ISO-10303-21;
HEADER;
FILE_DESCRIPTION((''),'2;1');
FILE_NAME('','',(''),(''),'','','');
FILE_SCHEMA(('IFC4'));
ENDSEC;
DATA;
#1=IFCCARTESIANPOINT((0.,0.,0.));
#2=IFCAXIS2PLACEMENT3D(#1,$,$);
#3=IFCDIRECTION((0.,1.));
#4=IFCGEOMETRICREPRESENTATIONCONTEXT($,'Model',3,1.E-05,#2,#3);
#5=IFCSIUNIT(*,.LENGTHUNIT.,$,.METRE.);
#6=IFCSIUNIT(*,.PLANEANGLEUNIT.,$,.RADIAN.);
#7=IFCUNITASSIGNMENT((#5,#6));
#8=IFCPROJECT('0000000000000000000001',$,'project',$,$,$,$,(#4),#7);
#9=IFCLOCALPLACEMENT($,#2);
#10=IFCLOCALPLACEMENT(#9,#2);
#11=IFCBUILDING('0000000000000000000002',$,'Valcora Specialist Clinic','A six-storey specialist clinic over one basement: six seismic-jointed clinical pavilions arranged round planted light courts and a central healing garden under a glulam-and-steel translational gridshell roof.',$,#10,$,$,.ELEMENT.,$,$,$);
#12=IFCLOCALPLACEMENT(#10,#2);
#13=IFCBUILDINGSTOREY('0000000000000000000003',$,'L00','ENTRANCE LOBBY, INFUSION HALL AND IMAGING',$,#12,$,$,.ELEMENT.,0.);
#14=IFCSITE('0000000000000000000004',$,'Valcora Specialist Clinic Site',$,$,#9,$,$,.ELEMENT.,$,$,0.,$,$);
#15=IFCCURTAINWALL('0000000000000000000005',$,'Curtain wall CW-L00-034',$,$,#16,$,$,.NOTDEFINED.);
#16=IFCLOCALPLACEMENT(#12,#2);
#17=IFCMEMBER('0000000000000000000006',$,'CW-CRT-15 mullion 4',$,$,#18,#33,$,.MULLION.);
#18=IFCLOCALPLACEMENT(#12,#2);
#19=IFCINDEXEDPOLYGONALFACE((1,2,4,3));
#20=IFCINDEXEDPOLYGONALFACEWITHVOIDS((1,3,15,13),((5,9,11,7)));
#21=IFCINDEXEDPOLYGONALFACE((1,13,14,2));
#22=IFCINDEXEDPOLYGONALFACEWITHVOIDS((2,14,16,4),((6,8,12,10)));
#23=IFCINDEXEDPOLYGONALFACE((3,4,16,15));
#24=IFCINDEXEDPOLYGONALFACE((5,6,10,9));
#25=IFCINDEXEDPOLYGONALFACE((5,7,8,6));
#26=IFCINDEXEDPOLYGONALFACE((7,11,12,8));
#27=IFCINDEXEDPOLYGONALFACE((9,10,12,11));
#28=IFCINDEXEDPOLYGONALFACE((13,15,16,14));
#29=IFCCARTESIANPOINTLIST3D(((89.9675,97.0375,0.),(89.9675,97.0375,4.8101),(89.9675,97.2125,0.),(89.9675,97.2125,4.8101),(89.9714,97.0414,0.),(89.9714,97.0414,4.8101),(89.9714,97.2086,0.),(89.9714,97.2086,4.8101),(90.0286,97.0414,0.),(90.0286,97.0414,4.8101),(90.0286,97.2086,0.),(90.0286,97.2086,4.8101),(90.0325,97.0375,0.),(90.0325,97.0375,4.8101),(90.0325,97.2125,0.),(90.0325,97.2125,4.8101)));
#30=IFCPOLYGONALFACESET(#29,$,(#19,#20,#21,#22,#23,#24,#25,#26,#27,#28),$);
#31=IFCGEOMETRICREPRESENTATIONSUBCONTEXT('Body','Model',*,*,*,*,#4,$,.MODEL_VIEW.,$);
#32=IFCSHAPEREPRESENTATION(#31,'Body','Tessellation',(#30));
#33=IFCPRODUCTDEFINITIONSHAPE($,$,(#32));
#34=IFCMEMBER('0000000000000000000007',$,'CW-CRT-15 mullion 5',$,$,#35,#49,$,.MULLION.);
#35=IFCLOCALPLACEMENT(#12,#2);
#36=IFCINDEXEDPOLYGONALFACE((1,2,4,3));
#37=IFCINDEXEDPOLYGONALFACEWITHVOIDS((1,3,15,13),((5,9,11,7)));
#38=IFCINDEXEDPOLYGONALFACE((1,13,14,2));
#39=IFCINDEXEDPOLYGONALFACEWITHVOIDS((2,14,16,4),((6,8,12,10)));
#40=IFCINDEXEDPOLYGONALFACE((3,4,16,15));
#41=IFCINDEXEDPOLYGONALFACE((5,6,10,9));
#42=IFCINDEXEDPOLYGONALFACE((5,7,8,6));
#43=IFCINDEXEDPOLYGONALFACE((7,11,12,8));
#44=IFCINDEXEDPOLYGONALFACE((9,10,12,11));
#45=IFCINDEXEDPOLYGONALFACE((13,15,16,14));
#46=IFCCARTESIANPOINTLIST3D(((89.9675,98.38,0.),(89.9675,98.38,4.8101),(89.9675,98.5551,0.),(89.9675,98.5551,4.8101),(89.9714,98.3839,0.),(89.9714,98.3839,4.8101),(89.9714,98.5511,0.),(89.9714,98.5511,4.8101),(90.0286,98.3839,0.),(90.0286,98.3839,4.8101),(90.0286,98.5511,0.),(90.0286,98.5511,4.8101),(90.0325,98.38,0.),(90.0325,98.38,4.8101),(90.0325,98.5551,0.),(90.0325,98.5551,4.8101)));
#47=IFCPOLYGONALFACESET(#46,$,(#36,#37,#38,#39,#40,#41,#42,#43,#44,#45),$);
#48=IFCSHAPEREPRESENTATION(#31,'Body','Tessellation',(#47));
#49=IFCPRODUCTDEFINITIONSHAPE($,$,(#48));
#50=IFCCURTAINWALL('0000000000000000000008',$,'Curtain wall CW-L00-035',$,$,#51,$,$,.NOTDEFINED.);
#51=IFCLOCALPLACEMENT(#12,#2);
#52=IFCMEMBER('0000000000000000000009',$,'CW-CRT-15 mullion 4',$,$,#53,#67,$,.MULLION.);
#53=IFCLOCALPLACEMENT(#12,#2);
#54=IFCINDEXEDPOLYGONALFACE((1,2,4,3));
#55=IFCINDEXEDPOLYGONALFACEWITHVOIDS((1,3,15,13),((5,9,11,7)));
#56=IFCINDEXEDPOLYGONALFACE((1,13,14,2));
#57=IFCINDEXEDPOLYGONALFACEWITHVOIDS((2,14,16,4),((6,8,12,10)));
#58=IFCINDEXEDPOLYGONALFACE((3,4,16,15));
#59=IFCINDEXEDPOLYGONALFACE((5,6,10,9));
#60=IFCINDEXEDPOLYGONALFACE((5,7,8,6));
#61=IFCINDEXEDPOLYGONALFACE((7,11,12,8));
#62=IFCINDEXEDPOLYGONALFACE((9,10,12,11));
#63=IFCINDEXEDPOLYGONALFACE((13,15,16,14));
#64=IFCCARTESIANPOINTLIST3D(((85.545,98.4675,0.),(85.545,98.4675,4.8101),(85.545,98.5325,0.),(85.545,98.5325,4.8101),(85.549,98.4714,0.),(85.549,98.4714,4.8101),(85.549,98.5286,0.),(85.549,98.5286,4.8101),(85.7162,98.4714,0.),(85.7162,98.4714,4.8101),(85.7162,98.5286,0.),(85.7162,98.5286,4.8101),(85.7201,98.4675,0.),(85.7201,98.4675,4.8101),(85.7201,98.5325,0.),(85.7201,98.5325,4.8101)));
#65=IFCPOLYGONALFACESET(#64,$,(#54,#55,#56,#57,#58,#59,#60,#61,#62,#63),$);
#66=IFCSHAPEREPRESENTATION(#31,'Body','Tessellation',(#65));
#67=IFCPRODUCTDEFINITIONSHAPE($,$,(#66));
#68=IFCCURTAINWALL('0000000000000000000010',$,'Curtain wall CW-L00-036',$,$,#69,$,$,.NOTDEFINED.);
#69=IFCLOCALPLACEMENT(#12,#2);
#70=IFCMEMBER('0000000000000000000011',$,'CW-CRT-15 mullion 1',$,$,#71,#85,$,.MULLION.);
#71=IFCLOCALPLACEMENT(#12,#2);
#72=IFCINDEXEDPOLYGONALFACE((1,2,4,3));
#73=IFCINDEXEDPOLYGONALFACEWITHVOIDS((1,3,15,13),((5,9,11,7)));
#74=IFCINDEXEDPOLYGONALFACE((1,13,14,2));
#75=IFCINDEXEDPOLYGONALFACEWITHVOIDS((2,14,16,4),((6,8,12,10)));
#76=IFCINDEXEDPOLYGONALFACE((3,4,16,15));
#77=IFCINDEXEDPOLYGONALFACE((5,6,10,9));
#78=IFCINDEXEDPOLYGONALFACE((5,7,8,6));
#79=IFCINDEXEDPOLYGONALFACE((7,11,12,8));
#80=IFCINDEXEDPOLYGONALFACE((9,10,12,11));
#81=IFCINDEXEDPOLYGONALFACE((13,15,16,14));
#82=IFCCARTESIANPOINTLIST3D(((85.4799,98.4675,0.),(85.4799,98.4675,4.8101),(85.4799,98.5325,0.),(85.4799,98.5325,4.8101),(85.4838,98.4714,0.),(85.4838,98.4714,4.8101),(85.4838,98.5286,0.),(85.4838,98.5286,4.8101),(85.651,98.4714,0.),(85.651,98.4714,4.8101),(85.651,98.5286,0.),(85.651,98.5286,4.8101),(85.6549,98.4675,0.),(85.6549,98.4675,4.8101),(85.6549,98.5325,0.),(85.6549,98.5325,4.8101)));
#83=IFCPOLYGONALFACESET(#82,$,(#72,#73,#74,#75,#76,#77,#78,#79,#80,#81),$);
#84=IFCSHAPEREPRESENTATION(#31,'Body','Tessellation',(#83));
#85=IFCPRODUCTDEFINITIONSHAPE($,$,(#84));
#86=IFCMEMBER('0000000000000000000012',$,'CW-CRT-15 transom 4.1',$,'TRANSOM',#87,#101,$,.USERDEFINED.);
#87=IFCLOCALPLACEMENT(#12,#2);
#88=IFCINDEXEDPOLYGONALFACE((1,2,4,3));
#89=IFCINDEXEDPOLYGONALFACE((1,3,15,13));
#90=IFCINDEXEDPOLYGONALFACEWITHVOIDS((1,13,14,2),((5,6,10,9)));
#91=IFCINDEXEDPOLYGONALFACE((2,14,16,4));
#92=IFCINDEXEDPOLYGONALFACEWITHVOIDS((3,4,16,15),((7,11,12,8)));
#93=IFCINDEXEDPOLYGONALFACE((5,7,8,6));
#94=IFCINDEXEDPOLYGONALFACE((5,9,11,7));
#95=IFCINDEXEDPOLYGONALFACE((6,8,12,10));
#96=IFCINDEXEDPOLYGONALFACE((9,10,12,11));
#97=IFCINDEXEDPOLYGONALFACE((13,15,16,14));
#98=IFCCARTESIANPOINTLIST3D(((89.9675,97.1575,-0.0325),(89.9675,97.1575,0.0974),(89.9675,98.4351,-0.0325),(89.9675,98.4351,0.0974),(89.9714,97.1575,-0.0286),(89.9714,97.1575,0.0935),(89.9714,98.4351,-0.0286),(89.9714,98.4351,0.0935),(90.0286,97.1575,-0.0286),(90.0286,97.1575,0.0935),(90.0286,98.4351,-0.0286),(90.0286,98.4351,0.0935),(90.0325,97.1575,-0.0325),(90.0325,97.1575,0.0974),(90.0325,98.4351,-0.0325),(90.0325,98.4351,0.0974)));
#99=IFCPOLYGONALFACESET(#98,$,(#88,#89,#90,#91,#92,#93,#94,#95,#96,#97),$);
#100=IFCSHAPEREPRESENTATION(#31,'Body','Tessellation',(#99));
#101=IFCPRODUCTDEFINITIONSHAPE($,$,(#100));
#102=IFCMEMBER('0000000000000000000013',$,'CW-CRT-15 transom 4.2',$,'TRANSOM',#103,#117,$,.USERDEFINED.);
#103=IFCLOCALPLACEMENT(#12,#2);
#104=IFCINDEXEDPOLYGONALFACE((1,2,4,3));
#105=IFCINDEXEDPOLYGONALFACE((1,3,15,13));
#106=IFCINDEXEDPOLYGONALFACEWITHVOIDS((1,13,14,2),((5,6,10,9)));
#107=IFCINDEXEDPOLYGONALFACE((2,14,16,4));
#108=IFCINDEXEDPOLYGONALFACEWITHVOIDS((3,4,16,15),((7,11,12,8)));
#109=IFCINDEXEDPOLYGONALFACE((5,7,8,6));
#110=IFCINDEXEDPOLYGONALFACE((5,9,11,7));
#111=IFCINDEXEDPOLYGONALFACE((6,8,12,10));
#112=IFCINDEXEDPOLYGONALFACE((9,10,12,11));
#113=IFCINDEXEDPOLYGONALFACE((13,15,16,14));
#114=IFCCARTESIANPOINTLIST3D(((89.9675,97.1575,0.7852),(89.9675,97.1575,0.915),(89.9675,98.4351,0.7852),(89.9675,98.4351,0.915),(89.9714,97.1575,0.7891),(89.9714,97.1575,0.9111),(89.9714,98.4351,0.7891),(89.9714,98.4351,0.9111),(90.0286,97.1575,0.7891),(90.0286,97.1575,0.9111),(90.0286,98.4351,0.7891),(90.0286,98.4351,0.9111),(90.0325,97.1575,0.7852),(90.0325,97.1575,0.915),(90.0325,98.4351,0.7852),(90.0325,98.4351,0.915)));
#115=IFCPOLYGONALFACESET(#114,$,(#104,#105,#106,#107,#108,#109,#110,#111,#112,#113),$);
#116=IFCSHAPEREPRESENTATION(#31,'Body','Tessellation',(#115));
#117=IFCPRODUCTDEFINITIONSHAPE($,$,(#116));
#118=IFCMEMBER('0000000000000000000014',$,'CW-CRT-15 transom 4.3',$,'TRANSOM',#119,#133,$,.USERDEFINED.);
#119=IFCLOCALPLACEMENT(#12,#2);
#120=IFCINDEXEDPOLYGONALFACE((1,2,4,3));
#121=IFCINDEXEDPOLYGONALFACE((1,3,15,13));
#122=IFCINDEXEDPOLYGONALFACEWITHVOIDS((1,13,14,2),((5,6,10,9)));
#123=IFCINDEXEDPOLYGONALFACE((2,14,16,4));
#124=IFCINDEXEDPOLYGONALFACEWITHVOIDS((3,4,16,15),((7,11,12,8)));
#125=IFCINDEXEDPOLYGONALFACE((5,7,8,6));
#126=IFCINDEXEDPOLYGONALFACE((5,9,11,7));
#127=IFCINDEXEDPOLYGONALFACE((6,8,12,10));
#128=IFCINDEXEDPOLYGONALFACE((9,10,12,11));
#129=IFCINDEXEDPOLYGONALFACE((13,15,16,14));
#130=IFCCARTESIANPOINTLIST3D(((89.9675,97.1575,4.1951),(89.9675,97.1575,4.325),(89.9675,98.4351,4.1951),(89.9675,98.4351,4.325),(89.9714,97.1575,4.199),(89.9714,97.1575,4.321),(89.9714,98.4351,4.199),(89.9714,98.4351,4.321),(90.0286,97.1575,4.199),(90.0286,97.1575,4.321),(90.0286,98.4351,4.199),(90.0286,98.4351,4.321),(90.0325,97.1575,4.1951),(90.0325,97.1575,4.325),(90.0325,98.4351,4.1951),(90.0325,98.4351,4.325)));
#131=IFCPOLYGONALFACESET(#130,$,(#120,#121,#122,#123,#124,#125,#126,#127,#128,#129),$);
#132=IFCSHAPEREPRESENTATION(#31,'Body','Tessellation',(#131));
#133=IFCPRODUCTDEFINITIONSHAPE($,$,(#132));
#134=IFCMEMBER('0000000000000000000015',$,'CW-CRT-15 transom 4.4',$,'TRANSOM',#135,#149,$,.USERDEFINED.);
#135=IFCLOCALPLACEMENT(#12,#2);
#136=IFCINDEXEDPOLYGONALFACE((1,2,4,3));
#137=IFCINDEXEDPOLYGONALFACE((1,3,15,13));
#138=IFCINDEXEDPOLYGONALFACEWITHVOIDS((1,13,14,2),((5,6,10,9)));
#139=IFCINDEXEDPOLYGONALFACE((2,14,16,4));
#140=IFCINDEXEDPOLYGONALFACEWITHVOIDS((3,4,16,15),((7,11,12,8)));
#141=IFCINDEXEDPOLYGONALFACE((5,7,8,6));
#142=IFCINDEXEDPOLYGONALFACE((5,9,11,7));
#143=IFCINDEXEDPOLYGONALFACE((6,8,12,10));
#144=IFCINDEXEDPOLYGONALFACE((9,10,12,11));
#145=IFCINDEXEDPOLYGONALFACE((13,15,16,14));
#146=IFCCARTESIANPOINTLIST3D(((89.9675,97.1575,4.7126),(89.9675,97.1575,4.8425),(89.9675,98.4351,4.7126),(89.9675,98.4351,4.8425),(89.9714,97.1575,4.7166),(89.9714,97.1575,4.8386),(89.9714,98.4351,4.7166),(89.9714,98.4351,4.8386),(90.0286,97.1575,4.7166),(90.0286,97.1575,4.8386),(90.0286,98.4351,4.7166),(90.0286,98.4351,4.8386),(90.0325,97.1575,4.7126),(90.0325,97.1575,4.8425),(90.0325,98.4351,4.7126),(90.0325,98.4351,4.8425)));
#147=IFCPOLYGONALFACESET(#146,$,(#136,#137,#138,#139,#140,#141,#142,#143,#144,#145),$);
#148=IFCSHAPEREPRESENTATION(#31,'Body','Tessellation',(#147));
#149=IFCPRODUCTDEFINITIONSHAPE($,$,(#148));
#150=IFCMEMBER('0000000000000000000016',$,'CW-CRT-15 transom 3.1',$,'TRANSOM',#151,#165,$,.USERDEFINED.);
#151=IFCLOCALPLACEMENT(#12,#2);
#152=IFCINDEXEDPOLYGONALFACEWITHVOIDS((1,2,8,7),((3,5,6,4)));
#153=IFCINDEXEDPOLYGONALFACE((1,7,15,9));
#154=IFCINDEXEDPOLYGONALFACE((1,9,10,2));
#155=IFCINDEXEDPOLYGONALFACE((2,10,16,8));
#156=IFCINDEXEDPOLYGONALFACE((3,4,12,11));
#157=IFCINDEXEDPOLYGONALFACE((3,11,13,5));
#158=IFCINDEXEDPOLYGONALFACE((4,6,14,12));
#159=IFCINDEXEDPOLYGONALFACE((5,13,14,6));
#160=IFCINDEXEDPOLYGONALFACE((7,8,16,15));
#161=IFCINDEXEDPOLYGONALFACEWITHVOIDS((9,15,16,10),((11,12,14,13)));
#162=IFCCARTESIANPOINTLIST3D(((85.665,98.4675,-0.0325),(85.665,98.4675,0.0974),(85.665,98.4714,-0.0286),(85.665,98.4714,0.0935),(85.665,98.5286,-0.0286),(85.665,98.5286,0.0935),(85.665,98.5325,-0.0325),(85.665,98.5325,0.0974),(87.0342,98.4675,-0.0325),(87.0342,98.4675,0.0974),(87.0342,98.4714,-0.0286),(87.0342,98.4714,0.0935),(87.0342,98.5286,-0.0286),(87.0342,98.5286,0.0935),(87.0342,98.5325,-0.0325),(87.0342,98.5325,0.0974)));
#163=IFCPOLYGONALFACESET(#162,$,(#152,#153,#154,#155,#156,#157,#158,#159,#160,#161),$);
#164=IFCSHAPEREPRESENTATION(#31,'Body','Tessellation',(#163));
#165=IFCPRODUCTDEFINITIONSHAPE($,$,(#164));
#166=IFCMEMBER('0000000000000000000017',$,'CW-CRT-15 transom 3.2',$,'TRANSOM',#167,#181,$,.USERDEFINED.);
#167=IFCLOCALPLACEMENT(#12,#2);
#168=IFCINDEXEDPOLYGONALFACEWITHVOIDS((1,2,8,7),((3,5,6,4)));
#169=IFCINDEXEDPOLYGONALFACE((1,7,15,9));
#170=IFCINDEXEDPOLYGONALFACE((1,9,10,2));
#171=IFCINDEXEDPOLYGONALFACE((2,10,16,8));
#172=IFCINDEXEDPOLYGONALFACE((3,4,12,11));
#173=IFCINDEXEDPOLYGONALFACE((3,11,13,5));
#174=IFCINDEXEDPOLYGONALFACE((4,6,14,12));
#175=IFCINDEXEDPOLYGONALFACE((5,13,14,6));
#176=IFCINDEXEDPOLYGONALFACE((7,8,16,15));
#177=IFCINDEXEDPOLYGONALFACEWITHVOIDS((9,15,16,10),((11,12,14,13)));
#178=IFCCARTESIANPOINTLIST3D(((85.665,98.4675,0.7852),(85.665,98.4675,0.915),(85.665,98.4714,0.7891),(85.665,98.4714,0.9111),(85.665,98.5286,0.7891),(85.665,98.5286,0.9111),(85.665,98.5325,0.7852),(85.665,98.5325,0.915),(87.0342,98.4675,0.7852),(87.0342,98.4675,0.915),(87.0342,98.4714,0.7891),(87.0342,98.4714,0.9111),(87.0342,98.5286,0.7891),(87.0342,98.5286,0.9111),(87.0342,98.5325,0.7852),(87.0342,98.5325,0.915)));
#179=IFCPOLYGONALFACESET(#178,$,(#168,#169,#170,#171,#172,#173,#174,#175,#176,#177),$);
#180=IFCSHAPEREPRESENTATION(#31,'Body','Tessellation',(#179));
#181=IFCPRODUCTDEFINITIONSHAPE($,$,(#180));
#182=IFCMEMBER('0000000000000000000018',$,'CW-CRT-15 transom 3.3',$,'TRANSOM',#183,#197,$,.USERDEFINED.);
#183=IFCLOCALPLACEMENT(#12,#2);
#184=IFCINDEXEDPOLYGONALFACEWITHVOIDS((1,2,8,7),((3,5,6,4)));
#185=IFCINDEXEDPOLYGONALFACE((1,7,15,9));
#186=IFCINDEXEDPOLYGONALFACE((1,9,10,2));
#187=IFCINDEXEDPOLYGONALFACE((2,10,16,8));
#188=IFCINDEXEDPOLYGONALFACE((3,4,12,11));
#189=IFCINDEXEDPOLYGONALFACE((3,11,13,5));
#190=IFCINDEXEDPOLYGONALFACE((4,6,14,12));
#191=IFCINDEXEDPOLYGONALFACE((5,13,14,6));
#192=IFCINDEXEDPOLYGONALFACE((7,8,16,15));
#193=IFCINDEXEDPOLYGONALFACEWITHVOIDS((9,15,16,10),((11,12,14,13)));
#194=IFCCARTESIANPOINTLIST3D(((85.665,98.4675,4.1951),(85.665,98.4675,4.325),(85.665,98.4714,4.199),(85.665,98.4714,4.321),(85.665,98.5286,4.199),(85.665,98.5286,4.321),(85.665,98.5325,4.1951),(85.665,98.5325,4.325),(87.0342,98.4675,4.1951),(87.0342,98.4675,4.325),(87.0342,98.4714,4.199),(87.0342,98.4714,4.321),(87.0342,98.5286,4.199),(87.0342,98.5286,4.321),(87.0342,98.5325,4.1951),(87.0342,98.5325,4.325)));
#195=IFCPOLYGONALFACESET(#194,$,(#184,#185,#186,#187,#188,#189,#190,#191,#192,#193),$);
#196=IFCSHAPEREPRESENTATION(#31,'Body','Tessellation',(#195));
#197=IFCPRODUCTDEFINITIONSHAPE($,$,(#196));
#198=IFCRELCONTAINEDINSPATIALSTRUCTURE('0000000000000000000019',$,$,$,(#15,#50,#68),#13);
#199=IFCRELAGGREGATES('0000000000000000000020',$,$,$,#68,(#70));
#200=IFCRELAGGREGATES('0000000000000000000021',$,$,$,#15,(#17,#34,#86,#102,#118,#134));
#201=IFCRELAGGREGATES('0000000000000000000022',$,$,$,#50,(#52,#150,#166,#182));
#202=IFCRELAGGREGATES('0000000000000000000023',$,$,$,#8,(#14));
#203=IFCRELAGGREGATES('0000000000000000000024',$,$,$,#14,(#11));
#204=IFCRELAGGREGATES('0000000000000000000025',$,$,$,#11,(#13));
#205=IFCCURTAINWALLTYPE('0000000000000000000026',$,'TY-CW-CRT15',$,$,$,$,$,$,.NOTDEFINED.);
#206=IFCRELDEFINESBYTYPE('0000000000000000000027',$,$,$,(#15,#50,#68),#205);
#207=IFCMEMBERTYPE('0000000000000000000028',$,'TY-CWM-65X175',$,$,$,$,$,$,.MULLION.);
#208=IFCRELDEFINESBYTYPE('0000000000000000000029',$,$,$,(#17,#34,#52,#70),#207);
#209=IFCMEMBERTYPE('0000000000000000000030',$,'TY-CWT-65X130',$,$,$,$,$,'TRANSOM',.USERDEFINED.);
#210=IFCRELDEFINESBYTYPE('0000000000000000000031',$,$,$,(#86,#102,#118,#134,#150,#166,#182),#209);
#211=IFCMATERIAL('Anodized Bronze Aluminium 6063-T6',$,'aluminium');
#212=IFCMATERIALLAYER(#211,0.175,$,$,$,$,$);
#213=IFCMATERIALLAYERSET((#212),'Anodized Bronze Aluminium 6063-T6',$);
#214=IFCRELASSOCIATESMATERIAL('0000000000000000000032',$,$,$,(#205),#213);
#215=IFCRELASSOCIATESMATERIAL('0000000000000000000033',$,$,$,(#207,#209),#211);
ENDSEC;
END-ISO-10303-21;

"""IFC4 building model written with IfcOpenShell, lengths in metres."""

from ifc_helpers import new_model, si_unit, direction, frame, origin, origin_2d, place, context, subcontext, project, spatial, hollow_rectangle, extrude, material, layer, layer_set, material_profile, profile_set, type_object, element, aggregate, save


model = new_model("IFC4")

# Units and contexts
model_context = context("Model", 3, precision=1e-05, world=origin(), true_north=direction((0.0, 1.0)))
body_context = subcontext(model_context, "Body", "Model", "MODEL_VIEW")
ifc_project = project(units=[si_unit("LENGTHUNIT", "METRE"), si_unit("PLANEANGLEUNIT", "RADIAN")], contexts=[model_context])

# Site, building, storey
site_placement = place(None, origin())
site = spatial("IfcSite", under=ifc_project, at=site_placement, Name="Valcora Specialist Clinic Site", CompositionType="ELEMENT", RefElevation=0.0)
building_placement = place(site_placement, origin())
building = spatial("IfcBuilding", under=site, at=building_placement, Name="Valcora Specialist Clinic", Description="A six-storey specialist clinic over one basement: six seismic-jointed clinical pavilions arranged round planted light courts and a central healing garden under a glulam-and-steel translational gridshell roof.", CompositionType="ELEMENT")
storey_placement = place(building_placement, origin())
storey = spatial("IfcBuildingStorey", under=building, at=storey_placement, Name="L00", Description="ENTRANCE LOBBY, INFUSION HALL AND IMAGING", CompositionType="ELEMENT", Elevation=0.0)

# Curtain wall, members
ifc_material_1 = material(Name="Anodized Bronze Aluminium 6063-T6", Category="aluminium")
ifc_layer_1 = layer(ifc_material_1, 0.175)
ifc_layer_set_1 = layer_set([ifc_layer_1], Name="Anodized Bronze Aluminium 6063-T6")
curtain_wall_type = type_object("IfcCurtainWallType", Name="TY-CW-CRT15", PredefinedType="NOTDEFINED", material=ifc_layer_set_1)
curtain_wall_1_placement = place(storey_placement, origin())
curtain_wall_1 = element("IfcCurtainWall", 1, at=curtain_wall_1_placement, inside=storey, type_object=curtain_wall_type, Name="Curtain wall CW-L00-034", PredefinedType="NOTDEFINED")
ifc_material_profile_1 = material_profile(ifc_material_1, hollow_rectangle(XDim=0.0649, YDim=0.175, WallThickness=0.0039, at=origin_2d()), Name="AL-MUL-65X175")
ifc_profile_set_1 = profile_set([ifc_material_profile_1], Name="Anodized Bronze Aluminium 6063-T6")
member_type_1 = type_object("IfcMemberType", Name="TY-CWM-65X175", PredefinedType="MULLION", material=ifc_profile_set_1)
member_1_placement = place(storey_placement, frame((90.0, 97.125, 0.0), z_axis=(0.0, 0.0, 1.0), x_axis=(-1.0, 0.0, 0.0)))
member_1 = element("IfcMember", 2, at=member_1_placement, type_object=member_type_1, Name="CW-CRT-15 mullion 4", PredefinedType="MULLION", context=body_context, shape_type="SweptSolid", body=[
    extrude(hollow_rectangle(XDim=0.0649, YDim=0.175, WallThickness=0.0039, at=origin_2d()), origin(), (0.0, 0.0, 1.0), 4.8101),
])
member_2_placement = place(storey_placement, frame((90.0, 98.4675, 0.0), z_axis=(0.0, 0.0, 1.0), x_axis=(-1.0, 0.0, 0.0)))
member_2 = element("IfcMember", 3, at=member_2_placement, type_object=member_type_1, Name="CW-CRT-15 mullion 5", PredefinedType="MULLION", context=body_context, shape_type="SweptSolid", body=[
    extrude(hollow_rectangle(XDim=0.0649, YDim=0.175, WallThickness=0.0039, at=origin_2d()), origin(), (0.0, 0.0, 1.0), 4.8101),
])

# Curtain walls, members
curtain_wall_2_placement = place(storey_placement, origin())
curtain_wall_2 = element("IfcCurtainWall", 4, at=curtain_wall_2_placement, inside=storey, type_object=curtain_wall_type, Name="Curtain wall CW-L00-035", PredefinedType="NOTDEFINED")
member_3_placement = place(storey_placement, frame((85.6326, 98.5, 0.0), z_axis=(0.0, 0.0, 1.0), x_axis=(0.0, -1.0, 0.0)))
member_3 = element("IfcMember", 5, at=member_3_placement, type_object=member_type_1, Name="CW-CRT-15 mullion 4", PredefinedType="MULLION", context=body_context, shape_type="SweptSolid", body=[
    extrude(hollow_rectangle(XDim=0.0649, YDim=0.175, WallThickness=0.0039, at=origin_2d()), origin(), (0.0, 0.0, 1.0), 4.8101),
])
curtain_wall_3_placement = place(storey_placement, origin())
curtain_wall_3 = element("IfcCurtainWall", 6, at=curtain_wall_3_placement, inside=storey, type_object=curtain_wall_type, Name="Curtain wall CW-L00-036", PredefinedType="NOTDEFINED")
member_4_placement = place(storey_placement, frame((85.5674, 98.5, 0.0), z_axis=(0.0, 0.0, 1.0), x_axis=(0.0, -1.0, 0.0)))
member_4 = element("IfcMember", 7, at=member_4_placement, type_object=member_type_1, Name="CW-CRT-15 mullion 1", PredefinedType="MULLION", context=body_context, shape_type="SweptSolid", body=[
    extrude(hollow_rectangle(XDim=0.0649, YDim=0.175, WallThickness=0.0039, at=origin_2d()), origin(), (0.0, 0.0, 1.0), 4.8101),
])

# Members
ifc_material_profile_2 = material_profile(ifc_material_1, hollow_rectangle(XDim=0.0649, YDim=0.1299, WallThickness=0.0039, at=origin_2d()), Name="AL-TRN-65X130")
ifc_profile_set_2 = profile_set([ifc_material_profile_2], Name="Anodized Bronze Aluminium 6063-T6")
member_type_2 = type_object("IfcMemberType", Name="TY-CWT-65X130", ElementType="TRANSOM", PredefinedType="USERDEFINED", material=ifc_profile_set_2)
member_5_placement = place(storey_placement, frame((90.0, 97.1575, 0.0325), z_axis=(0.0, 1.0, 0.0), x_axis=(-1.0, 0.0, 0.0)))
member_5 = element("IfcMember", 8, at=member_5_placement, type_object=member_type_2, Name="CW-CRT-15 transom 4.1", ObjectType="TRANSOM", PredefinedType="USERDEFINED", context=body_context, shape_type="SweptSolid", body=[
    extrude(hollow_rectangle(XDim=0.0649, YDim=0.1299, WallThickness=0.0039, at=origin_2d()), origin(), (0.0, 0.0, 1.0), 1.2776),
])
member_6_placement = place(storey_placement, frame((90.0, 97.1575, 0.8501), z_axis=(0.0, 1.0, 0.0), x_axis=(-1.0, 0.0, 0.0)))
member_6 = element("IfcMember", 9, at=member_6_placement, type_object=member_type_2, Name="CW-CRT-15 transom 4.2", ObjectType="TRANSOM", PredefinedType="USERDEFINED", context=body_context, shape_type="SweptSolid", body=[
    extrude(hollow_rectangle(XDim=0.0649, YDim=0.1299, WallThickness=0.0039, at=origin_2d()), origin(), (0.0, 0.0, 1.0), 1.2776),
])
member_7_placement = place(storey_placement, frame((90.0, 97.1575, 4.26), z_axis=(0.0, 1.0, 0.0), x_axis=(-1.0, 0.0, 0.0)))
member_7 = element("IfcMember", 10, at=member_7_placement, type_object=member_type_2, Name="CW-CRT-15 transom 4.3", ObjectType="TRANSOM", PredefinedType="USERDEFINED", context=body_context, shape_type="SweptSolid", body=[
    extrude(hollow_rectangle(XDim=0.0649, YDim=0.1299, WallThickness=0.0039, at=origin_2d()), origin(), (0.0, 0.0, 1.0), 1.2776),
])
member_8_placement = place(storey_placement, frame((90.0, 97.1575, 4.7776), z_axis=(0.0, 1.0, 0.0), x_axis=(-1.0, 0.0, 0.0)))
member_8 = element("IfcMember", 11, at=member_8_placement, type_object=member_type_2, Name="CW-CRT-15 transom 4.4", ObjectType="TRANSOM", PredefinedType="USERDEFINED", context=body_context, shape_type="SweptSolid", body=[
    extrude(hollow_rectangle(XDim=0.0649, YDim=0.1299, WallThickness=0.0039, at=origin_2d()), origin(), (0.0, 0.0, 1.0), 1.2776),
])
member_9_placement = place(storey_placement, frame((87.0342, 98.5, 0.0325), z_axis=(-1.0, 0.0, 0.0), x_axis=(0.0, -1.0, 0.0)))
member_9 = element("IfcMember", 12, at=member_9_placement, type_object=member_type_2, Name="CW-CRT-15 transom 3.1", ObjectType="TRANSOM", PredefinedType="USERDEFINED", context=body_context, shape_type="SweptSolid", body=[
    extrude(hollow_rectangle(XDim=0.0649, YDim=0.1299, WallThickness=0.0039, at=origin_2d()), origin(), (0.0, 0.0, 1.0), 1.3691),
])
member_10_placement = place(storey_placement, frame((87.0342, 98.5, 0.8501), z_axis=(-1.0, 0.0, 0.0), x_axis=(0.0, -1.0, 0.0)))
member_10 = element("IfcMember", 13, at=member_10_placement, type_object=member_type_2, Name="CW-CRT-15 transom 3.2", ObjectType="TRANSOM", PredefinedType="USERDEFINED", context=body_context, shape_type="SweptSolid", body=[
    extrude(hollow_rectangle(XDim=0.0649, YDim=0.1299, WallThickness=0.0039, at=origin_2d()), origin(), (0.0, 0.0, 1.0), 1.3691),
])
member_11_placement = place(storey_placement, frame((87.0342, 98.5, 4.26), z_axis=(-1.0, 0.0, 0.0), x_axis=(0.0, -1.0, 0.0)))
member_11 = element("IfcMember", 14, at=member_11_placement, type_object=member_type_2, Name="CW-CRT-15 transom 3.3", ObjectType="TRANSOM", PredefinedType="USERDEFINED", context=body_context, shape_type="SweptSolid", body=[
    extrude(hollow_rectangle(XDim=0.0649, YDim=0.1299, WallThickness=0.0039, at=origin_2d()), origin(), (0.0, 0.0, 1.0), 1.3691),
])
aggregate(curtain_wall_3, [member_4])

aggregate(curtain_wall_1, [member_1, member_2, member_5, member_6, member_7, member_8])
aggregate(curtain_wall_2, [member_3, member_9, member_10, member_11])

save(model, "model.ifc")
